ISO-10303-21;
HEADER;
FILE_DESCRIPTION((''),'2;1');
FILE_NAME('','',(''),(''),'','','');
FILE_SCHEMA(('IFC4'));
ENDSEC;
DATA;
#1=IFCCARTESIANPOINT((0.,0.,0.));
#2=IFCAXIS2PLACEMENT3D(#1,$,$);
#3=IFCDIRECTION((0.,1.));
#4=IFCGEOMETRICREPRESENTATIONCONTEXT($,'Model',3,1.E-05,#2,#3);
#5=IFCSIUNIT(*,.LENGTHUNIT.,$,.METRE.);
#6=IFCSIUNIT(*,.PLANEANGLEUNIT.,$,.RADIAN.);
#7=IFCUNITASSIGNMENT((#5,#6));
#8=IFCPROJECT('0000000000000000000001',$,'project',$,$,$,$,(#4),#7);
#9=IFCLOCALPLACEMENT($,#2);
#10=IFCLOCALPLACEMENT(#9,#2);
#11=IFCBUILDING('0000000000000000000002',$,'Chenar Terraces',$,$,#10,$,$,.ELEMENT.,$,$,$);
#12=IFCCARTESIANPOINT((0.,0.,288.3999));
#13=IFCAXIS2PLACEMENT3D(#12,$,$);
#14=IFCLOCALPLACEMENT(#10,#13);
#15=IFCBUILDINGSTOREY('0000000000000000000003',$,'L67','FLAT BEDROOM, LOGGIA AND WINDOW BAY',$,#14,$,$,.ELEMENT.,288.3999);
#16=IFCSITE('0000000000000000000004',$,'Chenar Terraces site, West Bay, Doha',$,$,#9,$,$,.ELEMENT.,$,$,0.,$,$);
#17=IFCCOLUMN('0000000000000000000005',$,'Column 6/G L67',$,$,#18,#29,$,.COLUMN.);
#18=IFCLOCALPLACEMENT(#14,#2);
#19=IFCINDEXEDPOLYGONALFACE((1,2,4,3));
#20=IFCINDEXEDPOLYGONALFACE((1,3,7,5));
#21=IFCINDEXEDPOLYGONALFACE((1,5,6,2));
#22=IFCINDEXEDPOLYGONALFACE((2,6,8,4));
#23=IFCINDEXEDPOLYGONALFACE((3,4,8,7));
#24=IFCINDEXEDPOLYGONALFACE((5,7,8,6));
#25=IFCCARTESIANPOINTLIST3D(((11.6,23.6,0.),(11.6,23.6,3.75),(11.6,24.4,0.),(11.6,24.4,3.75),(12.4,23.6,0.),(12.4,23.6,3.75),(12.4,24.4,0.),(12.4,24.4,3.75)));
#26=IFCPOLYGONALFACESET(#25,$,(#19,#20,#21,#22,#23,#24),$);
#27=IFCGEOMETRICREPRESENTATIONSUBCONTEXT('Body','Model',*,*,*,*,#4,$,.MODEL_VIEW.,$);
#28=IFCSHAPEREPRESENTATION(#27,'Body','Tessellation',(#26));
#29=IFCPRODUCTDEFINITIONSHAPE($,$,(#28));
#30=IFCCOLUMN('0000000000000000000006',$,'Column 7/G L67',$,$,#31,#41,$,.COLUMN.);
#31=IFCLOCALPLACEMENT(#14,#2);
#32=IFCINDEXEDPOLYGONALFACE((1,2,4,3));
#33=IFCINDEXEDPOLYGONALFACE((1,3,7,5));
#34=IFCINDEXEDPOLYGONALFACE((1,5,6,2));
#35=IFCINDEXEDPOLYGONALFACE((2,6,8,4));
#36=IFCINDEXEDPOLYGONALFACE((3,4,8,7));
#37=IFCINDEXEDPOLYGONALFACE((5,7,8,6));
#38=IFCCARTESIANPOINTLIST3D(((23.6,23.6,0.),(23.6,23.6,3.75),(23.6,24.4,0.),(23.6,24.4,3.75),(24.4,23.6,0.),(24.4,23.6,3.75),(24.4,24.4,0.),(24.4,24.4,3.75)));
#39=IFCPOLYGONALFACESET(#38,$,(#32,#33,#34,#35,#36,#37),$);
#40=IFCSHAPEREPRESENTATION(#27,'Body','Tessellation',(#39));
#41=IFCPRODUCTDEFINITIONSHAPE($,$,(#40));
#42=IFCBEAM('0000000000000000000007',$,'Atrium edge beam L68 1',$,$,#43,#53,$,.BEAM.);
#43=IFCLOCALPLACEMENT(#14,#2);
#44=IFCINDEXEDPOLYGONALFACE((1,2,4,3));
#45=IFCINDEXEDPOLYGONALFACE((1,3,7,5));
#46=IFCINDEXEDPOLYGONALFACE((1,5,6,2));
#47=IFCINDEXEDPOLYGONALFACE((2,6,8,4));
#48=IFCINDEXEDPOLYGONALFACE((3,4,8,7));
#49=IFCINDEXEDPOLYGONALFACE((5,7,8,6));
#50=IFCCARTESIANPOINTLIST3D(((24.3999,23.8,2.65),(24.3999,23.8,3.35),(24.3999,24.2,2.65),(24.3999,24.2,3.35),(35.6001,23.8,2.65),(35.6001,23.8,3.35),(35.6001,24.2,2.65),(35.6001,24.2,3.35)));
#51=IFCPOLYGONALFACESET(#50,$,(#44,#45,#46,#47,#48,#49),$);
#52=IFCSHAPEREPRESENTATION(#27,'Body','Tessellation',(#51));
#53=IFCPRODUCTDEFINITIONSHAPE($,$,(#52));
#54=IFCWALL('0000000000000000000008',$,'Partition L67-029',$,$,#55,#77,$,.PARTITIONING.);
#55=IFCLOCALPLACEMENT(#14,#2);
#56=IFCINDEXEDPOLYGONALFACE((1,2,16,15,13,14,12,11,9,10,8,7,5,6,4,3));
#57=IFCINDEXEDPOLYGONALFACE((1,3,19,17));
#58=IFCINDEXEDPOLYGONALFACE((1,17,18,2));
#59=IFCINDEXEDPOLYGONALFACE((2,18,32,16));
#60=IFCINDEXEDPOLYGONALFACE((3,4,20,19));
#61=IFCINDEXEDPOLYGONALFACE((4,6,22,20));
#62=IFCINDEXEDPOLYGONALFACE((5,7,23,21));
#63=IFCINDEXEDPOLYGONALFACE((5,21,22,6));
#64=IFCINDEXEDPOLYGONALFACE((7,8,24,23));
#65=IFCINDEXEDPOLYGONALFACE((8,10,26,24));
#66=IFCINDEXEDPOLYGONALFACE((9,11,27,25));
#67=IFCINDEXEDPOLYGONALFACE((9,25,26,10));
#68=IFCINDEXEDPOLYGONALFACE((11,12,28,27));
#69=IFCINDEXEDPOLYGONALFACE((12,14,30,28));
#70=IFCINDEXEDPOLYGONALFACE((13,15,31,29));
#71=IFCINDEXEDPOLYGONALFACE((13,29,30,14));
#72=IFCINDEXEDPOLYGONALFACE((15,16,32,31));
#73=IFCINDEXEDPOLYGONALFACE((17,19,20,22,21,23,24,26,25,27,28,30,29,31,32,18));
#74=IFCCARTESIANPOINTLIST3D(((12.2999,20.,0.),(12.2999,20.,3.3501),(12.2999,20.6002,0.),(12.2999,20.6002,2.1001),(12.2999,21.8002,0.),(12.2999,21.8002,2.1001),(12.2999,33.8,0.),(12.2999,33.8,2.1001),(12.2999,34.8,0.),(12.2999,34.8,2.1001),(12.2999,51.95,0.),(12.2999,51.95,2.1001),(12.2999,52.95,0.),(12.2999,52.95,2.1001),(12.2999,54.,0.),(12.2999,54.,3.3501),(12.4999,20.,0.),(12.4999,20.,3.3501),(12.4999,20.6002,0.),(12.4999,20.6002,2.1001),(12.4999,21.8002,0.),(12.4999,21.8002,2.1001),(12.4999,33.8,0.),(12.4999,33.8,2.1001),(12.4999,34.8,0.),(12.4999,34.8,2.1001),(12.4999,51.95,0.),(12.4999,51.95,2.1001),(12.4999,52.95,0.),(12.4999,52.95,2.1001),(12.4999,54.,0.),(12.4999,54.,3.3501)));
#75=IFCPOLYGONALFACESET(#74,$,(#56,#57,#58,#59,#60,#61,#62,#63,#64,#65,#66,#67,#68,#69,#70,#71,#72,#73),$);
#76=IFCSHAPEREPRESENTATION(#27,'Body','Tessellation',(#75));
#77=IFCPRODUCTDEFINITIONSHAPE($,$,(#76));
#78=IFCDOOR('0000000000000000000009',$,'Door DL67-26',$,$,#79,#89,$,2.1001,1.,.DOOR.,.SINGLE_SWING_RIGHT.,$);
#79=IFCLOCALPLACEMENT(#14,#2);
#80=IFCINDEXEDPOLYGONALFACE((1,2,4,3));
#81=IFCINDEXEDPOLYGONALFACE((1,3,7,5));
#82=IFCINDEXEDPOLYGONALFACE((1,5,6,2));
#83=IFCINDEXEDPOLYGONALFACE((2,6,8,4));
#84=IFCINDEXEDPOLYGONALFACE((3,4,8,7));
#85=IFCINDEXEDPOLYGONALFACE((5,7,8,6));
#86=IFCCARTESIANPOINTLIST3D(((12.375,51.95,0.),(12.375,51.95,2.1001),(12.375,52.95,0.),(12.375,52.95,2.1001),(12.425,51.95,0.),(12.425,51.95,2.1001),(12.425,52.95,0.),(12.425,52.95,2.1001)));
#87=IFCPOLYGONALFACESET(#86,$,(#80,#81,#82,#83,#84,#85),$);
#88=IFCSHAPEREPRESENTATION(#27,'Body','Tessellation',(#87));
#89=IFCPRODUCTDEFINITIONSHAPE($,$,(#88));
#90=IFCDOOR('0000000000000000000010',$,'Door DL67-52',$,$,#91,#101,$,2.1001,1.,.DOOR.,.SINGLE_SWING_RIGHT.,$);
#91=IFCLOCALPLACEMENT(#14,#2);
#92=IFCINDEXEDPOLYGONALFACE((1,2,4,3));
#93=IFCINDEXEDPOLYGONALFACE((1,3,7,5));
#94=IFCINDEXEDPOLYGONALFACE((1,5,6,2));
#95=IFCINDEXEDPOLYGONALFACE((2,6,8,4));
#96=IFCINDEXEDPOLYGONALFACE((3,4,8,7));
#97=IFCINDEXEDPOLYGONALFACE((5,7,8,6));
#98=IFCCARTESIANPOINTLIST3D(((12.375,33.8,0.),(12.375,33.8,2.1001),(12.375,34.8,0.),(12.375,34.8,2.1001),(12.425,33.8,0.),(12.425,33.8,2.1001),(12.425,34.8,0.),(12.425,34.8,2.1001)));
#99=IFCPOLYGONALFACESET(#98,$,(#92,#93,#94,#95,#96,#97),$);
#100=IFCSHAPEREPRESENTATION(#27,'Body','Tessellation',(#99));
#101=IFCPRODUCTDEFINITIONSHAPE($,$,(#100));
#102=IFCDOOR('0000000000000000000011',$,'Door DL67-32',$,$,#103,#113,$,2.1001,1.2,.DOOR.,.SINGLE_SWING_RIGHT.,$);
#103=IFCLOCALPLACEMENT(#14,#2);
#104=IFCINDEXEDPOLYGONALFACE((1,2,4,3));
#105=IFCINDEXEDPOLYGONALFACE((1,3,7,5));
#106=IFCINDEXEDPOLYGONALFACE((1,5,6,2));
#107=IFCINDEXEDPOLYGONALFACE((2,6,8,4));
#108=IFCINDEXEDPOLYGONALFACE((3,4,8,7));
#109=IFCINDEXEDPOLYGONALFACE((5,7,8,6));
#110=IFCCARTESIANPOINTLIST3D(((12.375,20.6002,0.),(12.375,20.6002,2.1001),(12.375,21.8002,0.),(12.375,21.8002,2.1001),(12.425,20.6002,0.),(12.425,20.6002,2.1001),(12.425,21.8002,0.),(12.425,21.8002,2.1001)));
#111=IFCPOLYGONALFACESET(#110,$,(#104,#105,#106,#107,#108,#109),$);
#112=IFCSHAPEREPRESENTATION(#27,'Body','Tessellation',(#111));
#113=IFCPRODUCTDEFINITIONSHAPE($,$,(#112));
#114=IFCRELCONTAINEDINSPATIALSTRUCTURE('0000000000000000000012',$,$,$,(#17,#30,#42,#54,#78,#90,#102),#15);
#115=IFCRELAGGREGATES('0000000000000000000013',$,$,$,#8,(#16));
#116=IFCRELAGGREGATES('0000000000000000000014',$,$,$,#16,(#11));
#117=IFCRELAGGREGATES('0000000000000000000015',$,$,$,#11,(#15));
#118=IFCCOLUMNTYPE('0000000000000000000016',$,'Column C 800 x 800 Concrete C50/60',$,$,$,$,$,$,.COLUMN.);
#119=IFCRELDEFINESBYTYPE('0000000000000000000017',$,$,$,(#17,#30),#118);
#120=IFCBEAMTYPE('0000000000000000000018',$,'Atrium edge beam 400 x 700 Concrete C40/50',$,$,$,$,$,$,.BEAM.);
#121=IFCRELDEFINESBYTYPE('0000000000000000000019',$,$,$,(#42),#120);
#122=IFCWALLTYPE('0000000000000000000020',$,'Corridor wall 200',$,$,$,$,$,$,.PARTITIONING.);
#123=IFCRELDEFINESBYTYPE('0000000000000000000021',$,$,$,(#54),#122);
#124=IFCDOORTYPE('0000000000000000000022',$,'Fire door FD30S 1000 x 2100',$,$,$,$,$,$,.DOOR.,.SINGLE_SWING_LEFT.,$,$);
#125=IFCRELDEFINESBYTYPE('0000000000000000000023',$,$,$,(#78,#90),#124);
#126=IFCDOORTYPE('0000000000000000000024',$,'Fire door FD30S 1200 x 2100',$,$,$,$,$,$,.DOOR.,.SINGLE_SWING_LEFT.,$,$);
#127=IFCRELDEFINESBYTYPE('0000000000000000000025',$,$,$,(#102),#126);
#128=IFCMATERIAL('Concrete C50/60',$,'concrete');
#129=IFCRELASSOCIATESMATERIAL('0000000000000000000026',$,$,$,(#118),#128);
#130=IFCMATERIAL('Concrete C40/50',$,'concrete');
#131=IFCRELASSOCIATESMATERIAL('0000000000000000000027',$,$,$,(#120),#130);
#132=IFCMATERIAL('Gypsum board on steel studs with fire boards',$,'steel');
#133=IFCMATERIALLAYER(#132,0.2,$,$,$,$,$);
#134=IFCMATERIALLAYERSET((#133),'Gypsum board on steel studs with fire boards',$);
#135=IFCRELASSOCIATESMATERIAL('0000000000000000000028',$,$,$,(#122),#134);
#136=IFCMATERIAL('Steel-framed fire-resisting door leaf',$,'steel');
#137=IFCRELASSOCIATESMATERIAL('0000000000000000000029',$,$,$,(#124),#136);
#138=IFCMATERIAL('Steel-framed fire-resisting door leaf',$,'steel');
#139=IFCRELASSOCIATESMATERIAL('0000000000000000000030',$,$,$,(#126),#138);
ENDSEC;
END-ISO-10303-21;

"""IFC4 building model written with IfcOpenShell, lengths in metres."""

from ifc_helpers import new_model, si_unit, direction, frame, frame_2d, origin, origin_2d, place, context, subcontext, project, spatial, rectangle, extrude, material, layer, layer_set, material_profile, profile_set, type_object, element, fill, save


model = new_model("IFC4")

# Units and contexts
model_context = context("Model", 3, precision=1e-05, world=origin(), true_north=direction((0.0, 1.0)))
body_context = subcontext(model_context, "Body", "Model", "MODEL_VIEW")
ifc_project = project(units=[si_unit("LENGTHUNIT", "METRE"), si_unit("PLANEANGLEUNIT", "RADIAN")], contexts=[model_context])

# Site, building, storey
site_placement = place(None, origin())
site = spatial("IfcSite", under=ifc_project, at=site_placement, Name="Chenar Terraces site, West Bay, Doha", CompositionType="ELEMENT", RefElevation=0.0)
building_placement = place(site_placement, origin())
building = spatial("IfcBuilding", under=site, at=building_placement, Name="Chenar Terraces", CompositionType="ELEMENT")
storey_placement = place(building_placement, frame((0.0, 0.0, 288.3999)))
storey = spatial("IfcBuildingStorey", under=building, at=storey_placement, Name="L67", Description="FLAT BEDROOM, LOGGIA AND WINDOW BAY", CompositionType="ELEMENT", Elevation=288.3999)

# Columns
ifc_material_1 = material(Name="Concrete C50/60", Category="concrete")
ifc_material_profile_1 = material_profile(ifc_material_1, rectangle(XDim=0.8, YDim=0.8, at=origin_2d()), Name="C 800 x 800")
ifc_profile_set_1 = profile_set([ifc_material_profile_1], Name="Concrete C50/60")
column_type = type_object("IfcColumnType", Name="Column C 800 x 800 Concrete C50/60", PredefinedType="COLUMN", material=ifc_profile_set_1)
for number, where, z_axis, x_axis, name in (
    (1, (12.0, 24.0, 0.0), (0.0, 0.0, 1.0), (1.0, 0.0, 0.0), "Column 6/G L67"),
    (2, (24.0, 24.0, 0.0), (0.0, 0.0, 1.0), (1.0, 0.0, 0.0), "Column 7/G L67"),
):
    element("IfcColumn", number, at=place(storey_placement, frame(where, z_axis=z_axis, x_axis=x_axis)), inside=storey, type_object=column_type, Name=name, PredefinedType="COLUMN", context=body_context, shape_type="SweptSolid", body=[
        extrude(rectangle(XDim=0.8, YDim=0.8, at=origin_2d()), origin(), (0.0, 0.0, 1.0), 3.75),
    ])

# Beam
ifc_material_2 = material(Name="Concrete C40/50", Category="concrete")
ifc_material_profile_2 = material_profile(ifc_material_2, rectangle(XDim=0.3999, YDim=0.7, at=origin_2d()), Name="RC 400 x 700")
ifc_profile_set_2 = profile_set([ifc_material_profile_2], Name="Concrete C40/50")
beam_type = type_object("IfcBeamType", Name="Atrium edge beam 400 x 700 Concrete C40/50", PredefinedType="BEAM", material=ifc_profile_set_2)
beam_placement = place(storey_placement, frame((24.3999, 24.0, 3.0), z_axis=(1.0, 0.0, 0.0), x_axis=(0.0, 1.0, 0.0)))
element("IfcBeam", 3, at=beam_placement, inside=storey, type_object=beam_type, Name="Atrium edge beam L68 1", PredefinedType="BEAM", context=body_context, shape_type="SweptSolid", body=[
    extrude(rectangle(XDim=0.3999, YDim=0.7, at=origin_2d()), origin(), (0.0, 0.0, 1.0), 11.2002),
])

# Wall, openings, doors
ifc_material_3 = material(Name="Gypsum board on steel studs with fire boards", Category="steel")
ifc_layer_1 = layer(ifc_material_3, 0.2)
ifc_layer_set_1 = layer_set([ifc_layer_1], Name="Gypsum board on steel studs with fire boards")
wall_type_1 = type_object("IfcWallType", Name="Corridor wall 200", PredefinedType="PARTITIONING", material=ifc_layer_set_1)
wall_1_placement = place(storey_placement, frame((12.3999, 20.0, 0.0), z_axis=(0.0, 0.0, 1.0), x_axis=(0.0, 1.0, 0.0)))
wall_1 = element("IfcWall", 4, at=wall_1_placement, inside=storey, type_object=wall_type_1, Name="Partition L67-029", PredefinedType="PARTITIONING", context=body_context, shape_type="SweptSolid", body=[
    extrude(rectangle(XDim=34.0, YDim=0.2, at=frame_2d((17.0, 0.0))), origin(), (0.0, 0.0, 1.0), 3.3501),
])
opening_1_placement = place(wall_1_placement, frame((31.95, 0.0, 0.0)))
opening_1 = element("IfcOpeningElement", 5, at=opening_1_placement, cuts=wall_1, PredefinedType="OPENING", context=body_context, shape_type="SweptSolid", body=[
    extrude(rectangle(XDim=1.0, YDim=2.1001, at=frame_2d((0.5, 1.05))), frame((0.0, 0.1099, 0.0), z_axis=(0.0, -1.0, 0.0), x_axis=(1.0, 0.0, 0.0)), (0.0, 0.0, 1.0), 0.22),
])
opening_2_placement = place(wall_1_placement, frame((0.6001, 0.0, 0.0)))
opening_2 = element("IfcOpeningElement", 6, at=opening_2_placement, cuts=wall_1, PredefinedType="OPENING", context=body_context, shape_type="SweptSolid", body=[
    extrude(rectangle(XDim=1.2, YDim=2.1001, at=frame_2d((0.6001, 1.05))), frame((0.0, 0.1099, 0.0), z_axis=(0.0, -1.0, 0.0), x_axis=(1.0, 0.0, 0.0)), (0.0, 0.0, 1.0), 0.22),
])
opening_3_placement = place(wall_1_placement, frame((13.8, 0.0, 0.0)))
opening_3 = element("IfcOpeningElement", 7, at=opening_3_placement, cuts=wall_1, PredefinedType="OPENING", context=body_context, shape_type="SweptSolid", body=[
    extrude(rectangle(XDim=1.0, YDim=2.1001, at=frame_2d((0.5, 1.05))), frame((0.0, 0.1099, 0.0), z_axis=(0.0, -1.0, 0.0), x_axis=(1.0, 0.0, 0.0)), (0.0, 0.0, 1.0), 0.22),
])
ifc_material_4 = material(Name="Steel-framed fire-resisting door leaf", Category="steel")
door_type_1 = type_object("IfcDoorType", Name="Fire door FD30S 1000 x 2100", OperationType="SINGLE_SWING_LEFT", PredefinedType="DOOR", material=ifc_material_4)
door_1_placement = place(opening_1_placement, origin())
door_1 = element("IfcDoor", 8, at=door_1_placement, inside=storey, type_object=door_type_1, Name="Door DL67-26", OperationType="SINGLE_SWING_RIGHT", OverallHeight=2.1001, OverallWidth=1.0, PredefinedType="DOOR", context=body_context, shape_type="SweptSolid", body=[
    extrude(rectangle(XDim=1.0, YDim=2.1001, at=frame_2d((0.5, 1.05))), frame((0.0, 0.0249, 0.0), z_axis=(0.0, -1.0, 0.0), x_axis=(1.0, 0.0, 0.0)), (0.0, 0.0, 1.0), 0.05),
])
fill(opening_1, door_1)
door_2_placement = place(opening_3_placement, origin())
door_2 = element("IfcDoor", 9, at=door_2_placement, inside=storey, type_object=door_type_1, Name="Door DL67-52", OperationType="SINGLE_SWING_RIGHT", OverallHeight=2.1001, OverallWidth=1.0, PredefinedType="DOOR", context=body_context, shape_type="SweptSolid", body=[
    extrude(rectangle(XDim=1.0, YDim=2.1001, at=frame_2d((0.5, 1.05))), frame((0.0, 0.0249, 0.0), z_axis=(0.0, -1.0, 0.0), x_axis=(1.0, 0.0, 0.0)), (0.0, 0.0, 1.0), 0.05),
])
fill(opening_3, door_2)
ifc_material_5 = material(Name="Steel-framed fire-resisting door leaf", Category="steel")
door_type_2 = type_object("IfcDoorType", Name="Fire door FD30S 1200 x 2100", OperationType="SINGLE_SWING_LEFT", PredefinedType="DOOR", material=ifc_material_5)
door_3_placement = place(opening_2_placement, origin())
door_3 = element("IfcDoor", 10, at=door_3_placement, inside=storey, type_object=door_type_2, Name="Door DL67-32", OperationType="SINGLE_SWING_RIGHT", OverallHeight=2.1001, OverallWidth=1.2, PredefinedType="DOOR", context=body_context, shape_type="SweptSolid", body=[
    extrude(rectangle(XDim=1.2, YDim=2.1001, at=frame_2d((0.6001, 1.05))), frame((0.0, 0.0249, 0.0), z_axis=(0.0, -1.0, 0.0), x_axis=(1.0, 0.0, 0.0)), (0.0, 0.0, 1.0), 0.05),
])
fill(opening_2, door_3)

save(model, "model.ifc")
